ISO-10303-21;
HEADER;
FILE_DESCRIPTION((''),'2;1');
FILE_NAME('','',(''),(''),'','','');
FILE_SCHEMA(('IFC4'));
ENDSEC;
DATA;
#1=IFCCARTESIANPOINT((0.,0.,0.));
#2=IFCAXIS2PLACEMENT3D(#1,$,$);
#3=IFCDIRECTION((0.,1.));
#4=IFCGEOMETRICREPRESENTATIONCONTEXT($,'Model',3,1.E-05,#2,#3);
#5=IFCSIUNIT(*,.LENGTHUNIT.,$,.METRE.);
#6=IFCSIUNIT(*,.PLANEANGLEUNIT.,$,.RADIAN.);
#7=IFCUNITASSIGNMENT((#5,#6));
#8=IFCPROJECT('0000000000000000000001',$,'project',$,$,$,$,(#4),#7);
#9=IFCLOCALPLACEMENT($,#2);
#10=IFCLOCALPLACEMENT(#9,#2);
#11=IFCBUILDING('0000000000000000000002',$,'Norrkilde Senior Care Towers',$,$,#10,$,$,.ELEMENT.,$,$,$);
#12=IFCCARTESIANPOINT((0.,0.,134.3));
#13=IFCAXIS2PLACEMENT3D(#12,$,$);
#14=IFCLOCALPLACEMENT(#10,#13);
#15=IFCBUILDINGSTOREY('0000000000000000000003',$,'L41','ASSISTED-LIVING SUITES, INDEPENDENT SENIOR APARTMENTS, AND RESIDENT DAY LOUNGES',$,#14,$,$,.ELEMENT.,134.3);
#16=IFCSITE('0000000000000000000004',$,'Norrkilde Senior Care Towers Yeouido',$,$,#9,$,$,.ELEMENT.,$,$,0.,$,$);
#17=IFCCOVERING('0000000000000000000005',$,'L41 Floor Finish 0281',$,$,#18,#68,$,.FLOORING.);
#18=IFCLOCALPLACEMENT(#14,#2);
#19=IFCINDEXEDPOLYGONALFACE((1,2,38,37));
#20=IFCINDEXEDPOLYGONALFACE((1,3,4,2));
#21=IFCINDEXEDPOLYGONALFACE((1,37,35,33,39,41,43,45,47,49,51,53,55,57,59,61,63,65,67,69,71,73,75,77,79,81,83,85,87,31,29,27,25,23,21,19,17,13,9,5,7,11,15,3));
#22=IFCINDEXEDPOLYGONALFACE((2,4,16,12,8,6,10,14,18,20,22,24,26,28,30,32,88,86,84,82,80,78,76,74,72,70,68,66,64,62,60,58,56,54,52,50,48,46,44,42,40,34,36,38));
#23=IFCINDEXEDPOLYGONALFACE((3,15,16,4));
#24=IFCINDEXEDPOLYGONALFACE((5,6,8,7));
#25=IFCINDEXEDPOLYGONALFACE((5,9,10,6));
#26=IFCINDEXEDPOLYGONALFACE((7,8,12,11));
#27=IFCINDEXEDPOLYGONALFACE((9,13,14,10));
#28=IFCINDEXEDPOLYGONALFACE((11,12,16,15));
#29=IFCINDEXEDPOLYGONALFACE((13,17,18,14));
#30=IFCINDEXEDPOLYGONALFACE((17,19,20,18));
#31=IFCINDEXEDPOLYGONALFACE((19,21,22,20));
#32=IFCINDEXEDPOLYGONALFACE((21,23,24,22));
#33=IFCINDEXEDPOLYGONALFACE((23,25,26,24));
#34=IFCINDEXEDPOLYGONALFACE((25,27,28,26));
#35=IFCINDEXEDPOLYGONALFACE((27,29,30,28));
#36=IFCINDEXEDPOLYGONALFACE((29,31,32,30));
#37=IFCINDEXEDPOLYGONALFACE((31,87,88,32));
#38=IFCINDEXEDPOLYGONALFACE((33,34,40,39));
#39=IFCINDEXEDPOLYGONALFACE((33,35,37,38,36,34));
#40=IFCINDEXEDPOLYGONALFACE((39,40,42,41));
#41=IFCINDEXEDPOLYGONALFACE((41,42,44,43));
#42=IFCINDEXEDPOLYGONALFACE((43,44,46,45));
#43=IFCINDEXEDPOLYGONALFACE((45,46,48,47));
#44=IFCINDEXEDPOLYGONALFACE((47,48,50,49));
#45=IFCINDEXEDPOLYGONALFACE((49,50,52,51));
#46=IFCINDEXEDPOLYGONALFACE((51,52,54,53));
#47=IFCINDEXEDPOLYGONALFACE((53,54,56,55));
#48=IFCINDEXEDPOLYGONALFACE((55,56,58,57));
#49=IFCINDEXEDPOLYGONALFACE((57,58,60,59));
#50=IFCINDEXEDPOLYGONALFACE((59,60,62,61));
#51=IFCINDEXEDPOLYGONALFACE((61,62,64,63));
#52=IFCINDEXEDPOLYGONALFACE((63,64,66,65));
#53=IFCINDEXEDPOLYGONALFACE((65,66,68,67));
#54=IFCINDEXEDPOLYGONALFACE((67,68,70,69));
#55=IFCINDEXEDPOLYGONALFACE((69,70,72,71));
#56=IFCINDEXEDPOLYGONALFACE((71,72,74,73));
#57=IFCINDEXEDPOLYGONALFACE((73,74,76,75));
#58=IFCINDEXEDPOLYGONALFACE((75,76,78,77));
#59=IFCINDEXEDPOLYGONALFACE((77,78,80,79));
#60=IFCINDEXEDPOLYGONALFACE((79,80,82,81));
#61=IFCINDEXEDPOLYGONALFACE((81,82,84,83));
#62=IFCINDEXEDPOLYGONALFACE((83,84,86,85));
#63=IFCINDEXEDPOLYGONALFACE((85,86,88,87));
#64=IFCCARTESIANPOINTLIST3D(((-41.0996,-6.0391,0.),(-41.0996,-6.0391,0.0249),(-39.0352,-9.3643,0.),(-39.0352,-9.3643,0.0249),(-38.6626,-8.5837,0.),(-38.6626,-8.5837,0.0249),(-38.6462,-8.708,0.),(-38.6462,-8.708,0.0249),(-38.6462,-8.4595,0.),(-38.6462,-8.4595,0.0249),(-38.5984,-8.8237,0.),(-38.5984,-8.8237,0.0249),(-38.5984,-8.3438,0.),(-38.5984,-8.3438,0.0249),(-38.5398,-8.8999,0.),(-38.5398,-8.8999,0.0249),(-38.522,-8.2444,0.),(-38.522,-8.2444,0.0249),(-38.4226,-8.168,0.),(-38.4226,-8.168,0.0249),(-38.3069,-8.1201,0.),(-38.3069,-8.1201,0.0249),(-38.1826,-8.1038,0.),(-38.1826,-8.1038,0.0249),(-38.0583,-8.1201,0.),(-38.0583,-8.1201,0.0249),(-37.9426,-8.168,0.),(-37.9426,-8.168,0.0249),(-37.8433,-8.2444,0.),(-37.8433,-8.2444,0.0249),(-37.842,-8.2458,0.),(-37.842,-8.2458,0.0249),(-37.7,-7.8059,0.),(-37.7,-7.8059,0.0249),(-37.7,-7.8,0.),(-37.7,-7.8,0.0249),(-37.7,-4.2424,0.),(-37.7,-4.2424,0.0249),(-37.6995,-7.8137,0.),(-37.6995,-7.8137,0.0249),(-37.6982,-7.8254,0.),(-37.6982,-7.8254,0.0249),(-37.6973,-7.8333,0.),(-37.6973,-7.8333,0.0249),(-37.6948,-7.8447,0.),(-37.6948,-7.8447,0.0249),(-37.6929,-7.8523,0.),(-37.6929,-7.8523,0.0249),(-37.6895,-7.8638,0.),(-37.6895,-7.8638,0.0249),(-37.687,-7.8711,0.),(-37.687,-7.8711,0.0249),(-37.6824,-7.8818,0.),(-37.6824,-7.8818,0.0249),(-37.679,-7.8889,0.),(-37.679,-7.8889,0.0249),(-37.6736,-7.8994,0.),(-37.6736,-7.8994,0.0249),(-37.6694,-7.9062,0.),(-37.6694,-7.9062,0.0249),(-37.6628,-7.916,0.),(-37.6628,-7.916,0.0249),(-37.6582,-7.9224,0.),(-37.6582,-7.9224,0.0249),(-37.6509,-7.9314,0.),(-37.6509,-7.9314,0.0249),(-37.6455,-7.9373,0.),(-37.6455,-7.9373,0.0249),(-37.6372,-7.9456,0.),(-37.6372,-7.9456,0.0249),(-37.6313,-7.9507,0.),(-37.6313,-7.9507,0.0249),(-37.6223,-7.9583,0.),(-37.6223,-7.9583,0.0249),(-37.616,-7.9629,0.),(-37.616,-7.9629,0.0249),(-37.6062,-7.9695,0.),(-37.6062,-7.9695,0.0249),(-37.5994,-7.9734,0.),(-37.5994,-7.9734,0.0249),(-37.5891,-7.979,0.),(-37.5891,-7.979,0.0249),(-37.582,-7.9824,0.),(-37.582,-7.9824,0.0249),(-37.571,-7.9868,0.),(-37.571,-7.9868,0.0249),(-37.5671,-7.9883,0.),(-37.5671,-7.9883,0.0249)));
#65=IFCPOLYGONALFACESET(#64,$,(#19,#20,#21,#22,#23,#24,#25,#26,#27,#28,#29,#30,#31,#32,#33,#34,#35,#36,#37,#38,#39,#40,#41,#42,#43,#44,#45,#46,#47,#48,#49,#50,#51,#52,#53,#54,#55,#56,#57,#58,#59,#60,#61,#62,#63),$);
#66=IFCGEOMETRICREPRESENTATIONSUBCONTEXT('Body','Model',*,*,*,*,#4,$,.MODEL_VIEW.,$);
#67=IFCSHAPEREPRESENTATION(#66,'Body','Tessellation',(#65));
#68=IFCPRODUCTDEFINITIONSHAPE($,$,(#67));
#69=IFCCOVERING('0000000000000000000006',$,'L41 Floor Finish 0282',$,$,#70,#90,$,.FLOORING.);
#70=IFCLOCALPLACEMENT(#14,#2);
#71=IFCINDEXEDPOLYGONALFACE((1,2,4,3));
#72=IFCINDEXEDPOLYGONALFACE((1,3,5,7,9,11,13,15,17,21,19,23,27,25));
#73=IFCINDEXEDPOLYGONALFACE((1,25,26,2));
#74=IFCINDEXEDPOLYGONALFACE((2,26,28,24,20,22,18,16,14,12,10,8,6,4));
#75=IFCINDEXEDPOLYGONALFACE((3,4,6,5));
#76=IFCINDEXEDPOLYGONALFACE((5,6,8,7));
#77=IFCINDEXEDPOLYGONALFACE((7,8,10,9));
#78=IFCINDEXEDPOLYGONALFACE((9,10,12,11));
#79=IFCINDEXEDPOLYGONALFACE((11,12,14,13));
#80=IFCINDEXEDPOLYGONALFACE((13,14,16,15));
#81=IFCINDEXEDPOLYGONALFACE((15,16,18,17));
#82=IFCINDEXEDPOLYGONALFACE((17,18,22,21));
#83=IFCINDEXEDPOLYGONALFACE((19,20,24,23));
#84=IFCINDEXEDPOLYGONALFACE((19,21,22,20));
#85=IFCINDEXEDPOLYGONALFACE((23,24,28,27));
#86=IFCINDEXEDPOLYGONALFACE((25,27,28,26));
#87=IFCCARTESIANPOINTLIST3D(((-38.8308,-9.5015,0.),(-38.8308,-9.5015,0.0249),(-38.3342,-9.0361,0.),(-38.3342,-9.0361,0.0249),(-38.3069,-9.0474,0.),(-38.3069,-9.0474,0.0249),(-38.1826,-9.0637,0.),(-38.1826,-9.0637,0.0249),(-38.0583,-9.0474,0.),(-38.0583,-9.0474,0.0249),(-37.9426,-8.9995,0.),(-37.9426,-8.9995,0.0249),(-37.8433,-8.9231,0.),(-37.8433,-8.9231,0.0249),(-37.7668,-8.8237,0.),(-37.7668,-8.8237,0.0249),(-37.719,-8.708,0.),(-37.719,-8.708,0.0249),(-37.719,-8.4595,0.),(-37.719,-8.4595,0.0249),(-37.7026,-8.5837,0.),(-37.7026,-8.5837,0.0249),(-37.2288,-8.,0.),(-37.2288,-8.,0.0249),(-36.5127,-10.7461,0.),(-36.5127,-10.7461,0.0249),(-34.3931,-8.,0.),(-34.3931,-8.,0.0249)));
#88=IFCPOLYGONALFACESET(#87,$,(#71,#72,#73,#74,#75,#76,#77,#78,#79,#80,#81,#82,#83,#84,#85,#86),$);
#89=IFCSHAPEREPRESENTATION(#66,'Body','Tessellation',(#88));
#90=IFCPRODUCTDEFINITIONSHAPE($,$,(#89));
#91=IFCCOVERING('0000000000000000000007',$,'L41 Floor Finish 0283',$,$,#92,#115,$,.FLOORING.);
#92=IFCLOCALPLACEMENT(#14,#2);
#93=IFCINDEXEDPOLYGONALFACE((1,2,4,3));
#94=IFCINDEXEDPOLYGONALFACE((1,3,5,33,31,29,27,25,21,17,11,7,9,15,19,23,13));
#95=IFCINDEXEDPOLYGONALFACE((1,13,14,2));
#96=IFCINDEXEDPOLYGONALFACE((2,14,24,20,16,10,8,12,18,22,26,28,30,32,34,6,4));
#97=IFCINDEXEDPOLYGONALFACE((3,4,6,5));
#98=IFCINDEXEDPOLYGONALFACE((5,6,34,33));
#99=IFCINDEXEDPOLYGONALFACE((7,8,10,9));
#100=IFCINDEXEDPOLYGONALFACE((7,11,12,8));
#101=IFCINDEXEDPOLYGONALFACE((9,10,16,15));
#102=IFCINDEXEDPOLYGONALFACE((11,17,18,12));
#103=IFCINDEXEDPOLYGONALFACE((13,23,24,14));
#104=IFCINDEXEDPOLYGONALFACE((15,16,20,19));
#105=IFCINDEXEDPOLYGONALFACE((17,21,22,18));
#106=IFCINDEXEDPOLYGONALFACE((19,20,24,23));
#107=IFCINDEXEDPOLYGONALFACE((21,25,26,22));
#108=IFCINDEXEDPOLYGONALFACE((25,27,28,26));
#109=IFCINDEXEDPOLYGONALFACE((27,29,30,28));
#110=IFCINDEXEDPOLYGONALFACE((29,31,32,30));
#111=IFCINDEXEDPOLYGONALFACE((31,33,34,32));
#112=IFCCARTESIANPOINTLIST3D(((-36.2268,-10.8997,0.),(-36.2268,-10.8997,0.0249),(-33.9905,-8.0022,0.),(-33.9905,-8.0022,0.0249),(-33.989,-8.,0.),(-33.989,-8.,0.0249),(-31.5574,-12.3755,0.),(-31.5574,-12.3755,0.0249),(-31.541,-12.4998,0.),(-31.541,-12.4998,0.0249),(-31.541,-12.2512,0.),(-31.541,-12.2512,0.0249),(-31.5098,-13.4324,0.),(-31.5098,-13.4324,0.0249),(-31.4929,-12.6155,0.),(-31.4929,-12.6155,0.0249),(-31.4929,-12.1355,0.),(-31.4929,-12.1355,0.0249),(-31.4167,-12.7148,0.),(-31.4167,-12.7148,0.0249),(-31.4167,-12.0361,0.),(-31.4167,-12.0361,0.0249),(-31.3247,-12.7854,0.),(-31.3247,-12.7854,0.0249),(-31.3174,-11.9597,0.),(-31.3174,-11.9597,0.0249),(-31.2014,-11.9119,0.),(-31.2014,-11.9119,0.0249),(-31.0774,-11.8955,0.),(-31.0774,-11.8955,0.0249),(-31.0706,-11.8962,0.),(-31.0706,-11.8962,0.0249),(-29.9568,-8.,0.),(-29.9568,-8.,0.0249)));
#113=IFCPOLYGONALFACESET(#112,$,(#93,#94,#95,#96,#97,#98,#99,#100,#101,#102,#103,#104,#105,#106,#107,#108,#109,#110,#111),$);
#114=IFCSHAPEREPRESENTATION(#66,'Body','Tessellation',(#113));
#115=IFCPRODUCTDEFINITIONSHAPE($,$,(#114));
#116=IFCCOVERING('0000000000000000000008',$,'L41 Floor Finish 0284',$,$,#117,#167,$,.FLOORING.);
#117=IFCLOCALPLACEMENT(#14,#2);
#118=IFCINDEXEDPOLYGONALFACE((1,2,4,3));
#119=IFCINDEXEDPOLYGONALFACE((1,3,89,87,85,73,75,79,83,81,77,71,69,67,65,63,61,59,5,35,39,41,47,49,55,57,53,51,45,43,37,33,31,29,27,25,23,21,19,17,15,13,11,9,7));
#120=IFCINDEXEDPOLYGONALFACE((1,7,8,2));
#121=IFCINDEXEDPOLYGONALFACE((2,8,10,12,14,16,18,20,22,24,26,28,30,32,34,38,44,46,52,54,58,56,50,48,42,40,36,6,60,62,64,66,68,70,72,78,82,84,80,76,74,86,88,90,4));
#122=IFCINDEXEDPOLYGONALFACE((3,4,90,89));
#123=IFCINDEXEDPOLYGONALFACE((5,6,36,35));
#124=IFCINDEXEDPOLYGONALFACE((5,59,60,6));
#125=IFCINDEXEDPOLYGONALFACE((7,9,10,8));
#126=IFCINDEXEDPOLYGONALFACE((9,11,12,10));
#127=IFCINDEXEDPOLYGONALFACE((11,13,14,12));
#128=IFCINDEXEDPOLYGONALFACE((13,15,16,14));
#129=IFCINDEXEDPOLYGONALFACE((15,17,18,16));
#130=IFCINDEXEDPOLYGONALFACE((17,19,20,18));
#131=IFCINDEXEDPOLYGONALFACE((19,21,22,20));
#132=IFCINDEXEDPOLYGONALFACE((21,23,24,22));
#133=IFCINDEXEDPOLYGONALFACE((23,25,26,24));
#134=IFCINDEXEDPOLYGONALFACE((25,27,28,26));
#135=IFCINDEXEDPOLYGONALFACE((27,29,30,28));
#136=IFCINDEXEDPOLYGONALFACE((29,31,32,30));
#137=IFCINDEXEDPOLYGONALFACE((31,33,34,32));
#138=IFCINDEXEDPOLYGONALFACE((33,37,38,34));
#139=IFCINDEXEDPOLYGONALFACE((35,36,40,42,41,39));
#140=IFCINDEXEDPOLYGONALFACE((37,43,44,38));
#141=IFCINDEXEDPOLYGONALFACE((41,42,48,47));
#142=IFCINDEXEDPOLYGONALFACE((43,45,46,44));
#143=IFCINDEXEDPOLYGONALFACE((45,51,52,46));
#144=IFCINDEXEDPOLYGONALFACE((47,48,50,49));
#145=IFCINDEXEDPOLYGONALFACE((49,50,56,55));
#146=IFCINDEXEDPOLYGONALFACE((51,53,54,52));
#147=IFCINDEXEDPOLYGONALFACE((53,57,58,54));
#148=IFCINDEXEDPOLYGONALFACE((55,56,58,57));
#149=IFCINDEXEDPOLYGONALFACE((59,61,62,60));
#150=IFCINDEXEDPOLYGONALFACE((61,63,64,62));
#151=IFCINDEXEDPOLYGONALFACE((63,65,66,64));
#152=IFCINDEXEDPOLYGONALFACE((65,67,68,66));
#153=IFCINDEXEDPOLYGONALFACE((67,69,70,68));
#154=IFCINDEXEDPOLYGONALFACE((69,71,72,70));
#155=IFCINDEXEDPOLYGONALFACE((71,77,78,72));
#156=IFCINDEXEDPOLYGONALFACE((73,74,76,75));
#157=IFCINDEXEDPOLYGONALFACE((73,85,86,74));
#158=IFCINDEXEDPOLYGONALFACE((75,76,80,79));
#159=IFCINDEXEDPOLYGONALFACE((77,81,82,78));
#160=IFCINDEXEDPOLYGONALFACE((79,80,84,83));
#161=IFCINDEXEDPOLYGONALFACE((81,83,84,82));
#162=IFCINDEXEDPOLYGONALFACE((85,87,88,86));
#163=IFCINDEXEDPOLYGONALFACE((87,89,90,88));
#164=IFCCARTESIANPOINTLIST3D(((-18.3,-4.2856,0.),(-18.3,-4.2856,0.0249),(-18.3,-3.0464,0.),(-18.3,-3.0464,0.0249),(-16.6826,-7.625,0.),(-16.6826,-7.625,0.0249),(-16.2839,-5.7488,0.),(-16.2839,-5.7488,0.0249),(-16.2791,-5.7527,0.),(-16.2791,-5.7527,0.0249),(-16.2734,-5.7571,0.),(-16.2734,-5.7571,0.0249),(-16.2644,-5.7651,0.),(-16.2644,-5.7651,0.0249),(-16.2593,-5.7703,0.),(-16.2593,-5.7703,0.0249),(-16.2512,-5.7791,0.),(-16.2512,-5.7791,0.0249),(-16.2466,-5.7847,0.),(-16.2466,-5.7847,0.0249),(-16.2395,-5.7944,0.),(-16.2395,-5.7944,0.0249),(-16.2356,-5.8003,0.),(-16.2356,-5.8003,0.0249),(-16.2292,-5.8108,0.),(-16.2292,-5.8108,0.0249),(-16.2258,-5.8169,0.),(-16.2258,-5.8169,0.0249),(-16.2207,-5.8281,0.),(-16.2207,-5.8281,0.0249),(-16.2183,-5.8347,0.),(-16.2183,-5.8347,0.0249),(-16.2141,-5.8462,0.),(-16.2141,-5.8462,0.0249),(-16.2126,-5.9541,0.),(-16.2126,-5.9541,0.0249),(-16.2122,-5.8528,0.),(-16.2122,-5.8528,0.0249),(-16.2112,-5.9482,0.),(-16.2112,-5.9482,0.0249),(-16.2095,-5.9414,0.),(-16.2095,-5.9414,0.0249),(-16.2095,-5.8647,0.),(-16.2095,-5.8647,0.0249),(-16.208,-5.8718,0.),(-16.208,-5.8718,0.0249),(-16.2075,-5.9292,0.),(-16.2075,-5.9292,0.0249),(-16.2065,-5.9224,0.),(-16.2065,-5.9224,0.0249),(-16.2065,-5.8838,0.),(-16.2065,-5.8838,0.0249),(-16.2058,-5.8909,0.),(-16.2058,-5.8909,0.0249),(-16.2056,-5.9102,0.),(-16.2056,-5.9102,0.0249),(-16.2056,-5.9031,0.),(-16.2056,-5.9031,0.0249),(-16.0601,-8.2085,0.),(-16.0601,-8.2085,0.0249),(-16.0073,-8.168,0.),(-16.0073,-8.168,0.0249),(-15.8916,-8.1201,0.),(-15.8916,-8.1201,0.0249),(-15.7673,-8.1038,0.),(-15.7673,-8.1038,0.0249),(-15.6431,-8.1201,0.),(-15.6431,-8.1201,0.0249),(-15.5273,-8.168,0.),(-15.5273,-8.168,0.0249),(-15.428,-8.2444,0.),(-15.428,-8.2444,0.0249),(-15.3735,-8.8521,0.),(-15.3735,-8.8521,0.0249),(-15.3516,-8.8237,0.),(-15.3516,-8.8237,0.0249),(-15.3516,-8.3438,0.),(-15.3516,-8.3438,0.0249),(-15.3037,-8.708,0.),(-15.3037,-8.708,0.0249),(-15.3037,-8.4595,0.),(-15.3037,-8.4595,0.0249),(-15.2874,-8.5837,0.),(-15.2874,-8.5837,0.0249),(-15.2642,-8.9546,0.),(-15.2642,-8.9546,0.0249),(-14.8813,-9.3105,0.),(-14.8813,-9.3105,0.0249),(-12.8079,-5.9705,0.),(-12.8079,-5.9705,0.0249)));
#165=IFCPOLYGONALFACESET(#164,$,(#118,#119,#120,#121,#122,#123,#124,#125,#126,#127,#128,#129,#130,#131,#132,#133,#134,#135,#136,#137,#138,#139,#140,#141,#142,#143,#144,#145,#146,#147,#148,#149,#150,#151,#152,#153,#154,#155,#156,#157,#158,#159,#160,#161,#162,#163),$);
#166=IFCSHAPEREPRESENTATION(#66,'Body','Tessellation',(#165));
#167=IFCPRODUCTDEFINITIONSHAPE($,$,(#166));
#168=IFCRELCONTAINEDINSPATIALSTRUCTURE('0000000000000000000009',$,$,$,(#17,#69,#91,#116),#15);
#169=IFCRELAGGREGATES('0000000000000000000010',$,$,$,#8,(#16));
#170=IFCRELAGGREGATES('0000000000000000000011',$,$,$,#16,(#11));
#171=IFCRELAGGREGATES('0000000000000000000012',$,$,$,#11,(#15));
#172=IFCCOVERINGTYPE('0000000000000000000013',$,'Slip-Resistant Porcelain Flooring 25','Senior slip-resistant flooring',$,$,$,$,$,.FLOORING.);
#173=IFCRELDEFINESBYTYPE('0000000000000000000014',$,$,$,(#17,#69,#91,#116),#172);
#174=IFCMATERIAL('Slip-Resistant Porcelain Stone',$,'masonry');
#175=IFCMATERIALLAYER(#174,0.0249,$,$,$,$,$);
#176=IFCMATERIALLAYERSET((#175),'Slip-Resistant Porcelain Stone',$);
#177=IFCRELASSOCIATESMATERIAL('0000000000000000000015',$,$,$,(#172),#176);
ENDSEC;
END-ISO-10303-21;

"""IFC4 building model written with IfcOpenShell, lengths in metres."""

from ifc_helpers import new_model, si_unit, direction, frame, origin, place, context, subcontext, project, spatial, polyline, outline, extrude, material, layer, layer_set, type_object, element, save


model = new_model("IFC4")

# Units and contexts
model_context = context("Model", 3, precision=1e-05, world=origin(), true_north=direction((0.0, 1.0)))
body_context = subcontext(model_context, "Body", "Model", "MODEL_VIEW")
ifc_project = project(units=[si_unit("LENGTHUNIT", "METRE"), si_unit("PLANEANGLEUNIT", "RADIAN")], contexts=[model_context])

# Site, building, storey
site_placement = place(None, origin())
site = spatial("IfcSite", under=ifc_project, at=site_placement, Name="Norrkilde Senior Care Towers Yeouido", CompositionType="ELEMENT", RefElevation=0.0)
building_placement = place(site_placement, origin())
building = spatial("IfcBuilding", under=site, at=building_placement, Name="Norrkilde Senior Care Towers", CompositionType="ELEMENT")
storey_placement = place(building_placement, frame((0.0, 0.0, 134.3)))
storey = spatial("IfcBuildingStorey", under=building, at=storey_placement, Name="L41", Description="ASSISTED-LIVING SUITES, INDEPENDENT SENIOR APARTMENTS, AND RESIDENT DAY LOUNGES", CompositionType="ELEMENT", Elevation=134.3)

# Coverings
ifc_material_1 = material(Name="Slip-Resistant Porcelain Stone", Category="masonry")
ifc_layer_1 = layer(ifc_material_1, 0.0249)
ifc_layer_set_1 = layer_set([ifc_layer_1], Name="Slip-Resistant Porcelain Stone")
covering_type_1 = type_object("IfcCoveringType", Name="Slip-Resistant Porcelain Flooring 25", Description="Senior slip-resistant flooring", PredefinedType="FLOORING", material=ifc_layer_set_1)
covering_1_placement = place(storey_placement, origin())
element("IfcCovering", 1, at=covering_1_placement, inside=storey, type_object=covering_type_1, Name="L41 Floor Finish 0281", PredefinedType="FLOORING", context=body_context, shape_type="SweptSolid", body=[
    extrude(outline(polyline([(-37.6982, -7.8254), (-37.6973, -7.8333), (-37.6948, -7.8447), (-37.6929, -7.8523), (-37.6895, -7.8638), (-37.687, -7.8711), (-37.6824, -7.8818), (-37.679, -7.8889), (-37.6736, -7.8994), (-37.6694, -7.9062), (-37.6628, -7.916), (-37.6582, -7.9224), (-37.6509, -7.9314), (-37.6455, -7.9373), (-37.6372, -7.9456), (-37.6313, -7.9507), (-37.6223, -7.9583), (-37.616, -7.9629), (-37.6062, -7.9695), (-37.5994, -7.9734), (-37.5891, -7.979), (-37.582, -7.9824), (-37.571, -7.9868), (-37.5671, -7.9883), (-37.842, -8.2458), (-37.8433, -8.2444), (-37.9426, -8.168), (-38.0583, -8.1201), (-38.1826, -8.1038), (-38.3069, -8.1201), (-38.4226, -8.168), (-38.522, -8.2444), (-38.5984, -8.3438), (-38.6462, -8.4595), (-38.6626, -8.5837), (-38.6462, -8.708), (-38.5984, -8.8237), (-38.5398, -8.8999), (-39.0352, -9.3643), (-41.0996, -6.0391), (-37.7, -4.2424), (-37.7, -7.8), (-37.7, -7.8059), (-37.6995, -7.8137), (-37.6982, -7.8254)])), origin(), (0.0, 0.0, 1.0), 0.0249),
])
covering_2_placement = place(storey_placement, origin())
element("IfcCovering", 2, at=covering_2_placement, inside=storey, type_object=covering_type_1, Name="L41 Floor Finish 0282", PredefinedType="FLOORING", context=body_context, shape_type="SweptSolid", body=[
    extrude(outline(polyline([(-38.3342, -9.0361), (-38.3069, -9.0474), (-38.1826, -9.0637), (-38.0583, -9.0474), (-37.9426, -8.9995), (-37.8433, -8.9231), (-37.7668, -8.8237), (-37.719, -8.708), (-37.7026, -8.5837), (-37.719, -8.4595), (-37.719, -8.4595), (-37.2288, -8.0), (-34.3931, -8.0), (-36.5127, -10.7461), (-38.8308, -9.5015), (-38.3342, -9.0361)])), origin(), (0.0, 0.0, 1.0), 0.0249),
])
covering_3_placement = place(storey_placement, origin())
element("IfcCovering", 3, at=covering_3_placement, inside=storey, type_object=covering_type_1, Name="L41 Floor Finish 0283", PredefinedType="FLOORING", context=body_context, shape_type="SweptSolid", body=[
    extrude(outline(polyline([(-29.9568, -8.0), (-31.0706, -11.8962), (-31.0774, -11.8955), (-31.2014, -11.9119), (-31.3174, -11.9597), (-31.4167, -12.0361), (-31.4929, -12.1355), (-31.541, -12.2512), (-31.5574, -12.3755), (-31.541, -12.4998), (-31.4929, -12.6155), (-31.4167, -12.7148), (-31.3247, -12.7854), (-31.5098, -13.4324), (-36.2268, -10.8997), (-33.9905, -8.0022), (-33.989, -8.0), (-29.9568, -8.0)])), origin(), (0.0, 0.0, 1.0), 0.0249),
])
covering_4_placement = place(storey_placement, origin())
element("IfcCovering", 4, at=covering_4_placement, inside=storey, type_object=covering_type_1, Name="L41 Floor Finish 0284", PredefinedType="FLOORING", context=body_context, shape_type="SweptSolid", body=[
    extrude(outline(polyline([(-16.2126, -5.9541), (-16.2112, -5.9482), (-16.2095, -5.9414), (-16.2075, -5.9292), (-16.2065, -5.9224), (-16.2056, -5.9102), (-16.2056, -5.9031), (-16.2058, -5.8909), (-16.2065, -5.8838), (-16.208, -5.8718), (-16.2095, -5.8647), (-16.2122, -5.8528), (-16.2141, -5.8462), (-16.2183, -5.8347), (-16.2207, -5.8281), (-16.2258, -5.8169), (-16.2292, -5.8108), (-16.2356, -5.8003), (-16.2395, -5.7944), (-16.2466, -5.7847), (-16.2512, -5.7791), (-16.2593, -5.7703), (-16.2644, -5.7651), (-16.2734, -5.7571), (-16.2791, -5.7527), (-16.2839, -5.7488), (-18.3, -4.2856), (-18.3, -3.0464), (-12.8079, -5.9705), (-14.8813, -9.3105), (-15.2642, -8.9546), (-15.3735, -8.8521), (-15.3516, -8.8237), (-15.3037, -8.708), (-15.2874, -8.5837), (-15.3037, -8.4595), (-15.3516, -8.3438), (-15.428, -8.2444), (-15.5273, -8.168), (-15.6431, -8.1201), (-15.7673, -8.1038), (-15.8916, -8.1201), (-16.0073, -8.168), (-16.0601, -8.2085), (-16.6826, -7.625), (-16.2126, -5.9541)])), origin(), (0.0, 0.0, 1.0), 0.0249),
])

save(model, "model.ifc")
